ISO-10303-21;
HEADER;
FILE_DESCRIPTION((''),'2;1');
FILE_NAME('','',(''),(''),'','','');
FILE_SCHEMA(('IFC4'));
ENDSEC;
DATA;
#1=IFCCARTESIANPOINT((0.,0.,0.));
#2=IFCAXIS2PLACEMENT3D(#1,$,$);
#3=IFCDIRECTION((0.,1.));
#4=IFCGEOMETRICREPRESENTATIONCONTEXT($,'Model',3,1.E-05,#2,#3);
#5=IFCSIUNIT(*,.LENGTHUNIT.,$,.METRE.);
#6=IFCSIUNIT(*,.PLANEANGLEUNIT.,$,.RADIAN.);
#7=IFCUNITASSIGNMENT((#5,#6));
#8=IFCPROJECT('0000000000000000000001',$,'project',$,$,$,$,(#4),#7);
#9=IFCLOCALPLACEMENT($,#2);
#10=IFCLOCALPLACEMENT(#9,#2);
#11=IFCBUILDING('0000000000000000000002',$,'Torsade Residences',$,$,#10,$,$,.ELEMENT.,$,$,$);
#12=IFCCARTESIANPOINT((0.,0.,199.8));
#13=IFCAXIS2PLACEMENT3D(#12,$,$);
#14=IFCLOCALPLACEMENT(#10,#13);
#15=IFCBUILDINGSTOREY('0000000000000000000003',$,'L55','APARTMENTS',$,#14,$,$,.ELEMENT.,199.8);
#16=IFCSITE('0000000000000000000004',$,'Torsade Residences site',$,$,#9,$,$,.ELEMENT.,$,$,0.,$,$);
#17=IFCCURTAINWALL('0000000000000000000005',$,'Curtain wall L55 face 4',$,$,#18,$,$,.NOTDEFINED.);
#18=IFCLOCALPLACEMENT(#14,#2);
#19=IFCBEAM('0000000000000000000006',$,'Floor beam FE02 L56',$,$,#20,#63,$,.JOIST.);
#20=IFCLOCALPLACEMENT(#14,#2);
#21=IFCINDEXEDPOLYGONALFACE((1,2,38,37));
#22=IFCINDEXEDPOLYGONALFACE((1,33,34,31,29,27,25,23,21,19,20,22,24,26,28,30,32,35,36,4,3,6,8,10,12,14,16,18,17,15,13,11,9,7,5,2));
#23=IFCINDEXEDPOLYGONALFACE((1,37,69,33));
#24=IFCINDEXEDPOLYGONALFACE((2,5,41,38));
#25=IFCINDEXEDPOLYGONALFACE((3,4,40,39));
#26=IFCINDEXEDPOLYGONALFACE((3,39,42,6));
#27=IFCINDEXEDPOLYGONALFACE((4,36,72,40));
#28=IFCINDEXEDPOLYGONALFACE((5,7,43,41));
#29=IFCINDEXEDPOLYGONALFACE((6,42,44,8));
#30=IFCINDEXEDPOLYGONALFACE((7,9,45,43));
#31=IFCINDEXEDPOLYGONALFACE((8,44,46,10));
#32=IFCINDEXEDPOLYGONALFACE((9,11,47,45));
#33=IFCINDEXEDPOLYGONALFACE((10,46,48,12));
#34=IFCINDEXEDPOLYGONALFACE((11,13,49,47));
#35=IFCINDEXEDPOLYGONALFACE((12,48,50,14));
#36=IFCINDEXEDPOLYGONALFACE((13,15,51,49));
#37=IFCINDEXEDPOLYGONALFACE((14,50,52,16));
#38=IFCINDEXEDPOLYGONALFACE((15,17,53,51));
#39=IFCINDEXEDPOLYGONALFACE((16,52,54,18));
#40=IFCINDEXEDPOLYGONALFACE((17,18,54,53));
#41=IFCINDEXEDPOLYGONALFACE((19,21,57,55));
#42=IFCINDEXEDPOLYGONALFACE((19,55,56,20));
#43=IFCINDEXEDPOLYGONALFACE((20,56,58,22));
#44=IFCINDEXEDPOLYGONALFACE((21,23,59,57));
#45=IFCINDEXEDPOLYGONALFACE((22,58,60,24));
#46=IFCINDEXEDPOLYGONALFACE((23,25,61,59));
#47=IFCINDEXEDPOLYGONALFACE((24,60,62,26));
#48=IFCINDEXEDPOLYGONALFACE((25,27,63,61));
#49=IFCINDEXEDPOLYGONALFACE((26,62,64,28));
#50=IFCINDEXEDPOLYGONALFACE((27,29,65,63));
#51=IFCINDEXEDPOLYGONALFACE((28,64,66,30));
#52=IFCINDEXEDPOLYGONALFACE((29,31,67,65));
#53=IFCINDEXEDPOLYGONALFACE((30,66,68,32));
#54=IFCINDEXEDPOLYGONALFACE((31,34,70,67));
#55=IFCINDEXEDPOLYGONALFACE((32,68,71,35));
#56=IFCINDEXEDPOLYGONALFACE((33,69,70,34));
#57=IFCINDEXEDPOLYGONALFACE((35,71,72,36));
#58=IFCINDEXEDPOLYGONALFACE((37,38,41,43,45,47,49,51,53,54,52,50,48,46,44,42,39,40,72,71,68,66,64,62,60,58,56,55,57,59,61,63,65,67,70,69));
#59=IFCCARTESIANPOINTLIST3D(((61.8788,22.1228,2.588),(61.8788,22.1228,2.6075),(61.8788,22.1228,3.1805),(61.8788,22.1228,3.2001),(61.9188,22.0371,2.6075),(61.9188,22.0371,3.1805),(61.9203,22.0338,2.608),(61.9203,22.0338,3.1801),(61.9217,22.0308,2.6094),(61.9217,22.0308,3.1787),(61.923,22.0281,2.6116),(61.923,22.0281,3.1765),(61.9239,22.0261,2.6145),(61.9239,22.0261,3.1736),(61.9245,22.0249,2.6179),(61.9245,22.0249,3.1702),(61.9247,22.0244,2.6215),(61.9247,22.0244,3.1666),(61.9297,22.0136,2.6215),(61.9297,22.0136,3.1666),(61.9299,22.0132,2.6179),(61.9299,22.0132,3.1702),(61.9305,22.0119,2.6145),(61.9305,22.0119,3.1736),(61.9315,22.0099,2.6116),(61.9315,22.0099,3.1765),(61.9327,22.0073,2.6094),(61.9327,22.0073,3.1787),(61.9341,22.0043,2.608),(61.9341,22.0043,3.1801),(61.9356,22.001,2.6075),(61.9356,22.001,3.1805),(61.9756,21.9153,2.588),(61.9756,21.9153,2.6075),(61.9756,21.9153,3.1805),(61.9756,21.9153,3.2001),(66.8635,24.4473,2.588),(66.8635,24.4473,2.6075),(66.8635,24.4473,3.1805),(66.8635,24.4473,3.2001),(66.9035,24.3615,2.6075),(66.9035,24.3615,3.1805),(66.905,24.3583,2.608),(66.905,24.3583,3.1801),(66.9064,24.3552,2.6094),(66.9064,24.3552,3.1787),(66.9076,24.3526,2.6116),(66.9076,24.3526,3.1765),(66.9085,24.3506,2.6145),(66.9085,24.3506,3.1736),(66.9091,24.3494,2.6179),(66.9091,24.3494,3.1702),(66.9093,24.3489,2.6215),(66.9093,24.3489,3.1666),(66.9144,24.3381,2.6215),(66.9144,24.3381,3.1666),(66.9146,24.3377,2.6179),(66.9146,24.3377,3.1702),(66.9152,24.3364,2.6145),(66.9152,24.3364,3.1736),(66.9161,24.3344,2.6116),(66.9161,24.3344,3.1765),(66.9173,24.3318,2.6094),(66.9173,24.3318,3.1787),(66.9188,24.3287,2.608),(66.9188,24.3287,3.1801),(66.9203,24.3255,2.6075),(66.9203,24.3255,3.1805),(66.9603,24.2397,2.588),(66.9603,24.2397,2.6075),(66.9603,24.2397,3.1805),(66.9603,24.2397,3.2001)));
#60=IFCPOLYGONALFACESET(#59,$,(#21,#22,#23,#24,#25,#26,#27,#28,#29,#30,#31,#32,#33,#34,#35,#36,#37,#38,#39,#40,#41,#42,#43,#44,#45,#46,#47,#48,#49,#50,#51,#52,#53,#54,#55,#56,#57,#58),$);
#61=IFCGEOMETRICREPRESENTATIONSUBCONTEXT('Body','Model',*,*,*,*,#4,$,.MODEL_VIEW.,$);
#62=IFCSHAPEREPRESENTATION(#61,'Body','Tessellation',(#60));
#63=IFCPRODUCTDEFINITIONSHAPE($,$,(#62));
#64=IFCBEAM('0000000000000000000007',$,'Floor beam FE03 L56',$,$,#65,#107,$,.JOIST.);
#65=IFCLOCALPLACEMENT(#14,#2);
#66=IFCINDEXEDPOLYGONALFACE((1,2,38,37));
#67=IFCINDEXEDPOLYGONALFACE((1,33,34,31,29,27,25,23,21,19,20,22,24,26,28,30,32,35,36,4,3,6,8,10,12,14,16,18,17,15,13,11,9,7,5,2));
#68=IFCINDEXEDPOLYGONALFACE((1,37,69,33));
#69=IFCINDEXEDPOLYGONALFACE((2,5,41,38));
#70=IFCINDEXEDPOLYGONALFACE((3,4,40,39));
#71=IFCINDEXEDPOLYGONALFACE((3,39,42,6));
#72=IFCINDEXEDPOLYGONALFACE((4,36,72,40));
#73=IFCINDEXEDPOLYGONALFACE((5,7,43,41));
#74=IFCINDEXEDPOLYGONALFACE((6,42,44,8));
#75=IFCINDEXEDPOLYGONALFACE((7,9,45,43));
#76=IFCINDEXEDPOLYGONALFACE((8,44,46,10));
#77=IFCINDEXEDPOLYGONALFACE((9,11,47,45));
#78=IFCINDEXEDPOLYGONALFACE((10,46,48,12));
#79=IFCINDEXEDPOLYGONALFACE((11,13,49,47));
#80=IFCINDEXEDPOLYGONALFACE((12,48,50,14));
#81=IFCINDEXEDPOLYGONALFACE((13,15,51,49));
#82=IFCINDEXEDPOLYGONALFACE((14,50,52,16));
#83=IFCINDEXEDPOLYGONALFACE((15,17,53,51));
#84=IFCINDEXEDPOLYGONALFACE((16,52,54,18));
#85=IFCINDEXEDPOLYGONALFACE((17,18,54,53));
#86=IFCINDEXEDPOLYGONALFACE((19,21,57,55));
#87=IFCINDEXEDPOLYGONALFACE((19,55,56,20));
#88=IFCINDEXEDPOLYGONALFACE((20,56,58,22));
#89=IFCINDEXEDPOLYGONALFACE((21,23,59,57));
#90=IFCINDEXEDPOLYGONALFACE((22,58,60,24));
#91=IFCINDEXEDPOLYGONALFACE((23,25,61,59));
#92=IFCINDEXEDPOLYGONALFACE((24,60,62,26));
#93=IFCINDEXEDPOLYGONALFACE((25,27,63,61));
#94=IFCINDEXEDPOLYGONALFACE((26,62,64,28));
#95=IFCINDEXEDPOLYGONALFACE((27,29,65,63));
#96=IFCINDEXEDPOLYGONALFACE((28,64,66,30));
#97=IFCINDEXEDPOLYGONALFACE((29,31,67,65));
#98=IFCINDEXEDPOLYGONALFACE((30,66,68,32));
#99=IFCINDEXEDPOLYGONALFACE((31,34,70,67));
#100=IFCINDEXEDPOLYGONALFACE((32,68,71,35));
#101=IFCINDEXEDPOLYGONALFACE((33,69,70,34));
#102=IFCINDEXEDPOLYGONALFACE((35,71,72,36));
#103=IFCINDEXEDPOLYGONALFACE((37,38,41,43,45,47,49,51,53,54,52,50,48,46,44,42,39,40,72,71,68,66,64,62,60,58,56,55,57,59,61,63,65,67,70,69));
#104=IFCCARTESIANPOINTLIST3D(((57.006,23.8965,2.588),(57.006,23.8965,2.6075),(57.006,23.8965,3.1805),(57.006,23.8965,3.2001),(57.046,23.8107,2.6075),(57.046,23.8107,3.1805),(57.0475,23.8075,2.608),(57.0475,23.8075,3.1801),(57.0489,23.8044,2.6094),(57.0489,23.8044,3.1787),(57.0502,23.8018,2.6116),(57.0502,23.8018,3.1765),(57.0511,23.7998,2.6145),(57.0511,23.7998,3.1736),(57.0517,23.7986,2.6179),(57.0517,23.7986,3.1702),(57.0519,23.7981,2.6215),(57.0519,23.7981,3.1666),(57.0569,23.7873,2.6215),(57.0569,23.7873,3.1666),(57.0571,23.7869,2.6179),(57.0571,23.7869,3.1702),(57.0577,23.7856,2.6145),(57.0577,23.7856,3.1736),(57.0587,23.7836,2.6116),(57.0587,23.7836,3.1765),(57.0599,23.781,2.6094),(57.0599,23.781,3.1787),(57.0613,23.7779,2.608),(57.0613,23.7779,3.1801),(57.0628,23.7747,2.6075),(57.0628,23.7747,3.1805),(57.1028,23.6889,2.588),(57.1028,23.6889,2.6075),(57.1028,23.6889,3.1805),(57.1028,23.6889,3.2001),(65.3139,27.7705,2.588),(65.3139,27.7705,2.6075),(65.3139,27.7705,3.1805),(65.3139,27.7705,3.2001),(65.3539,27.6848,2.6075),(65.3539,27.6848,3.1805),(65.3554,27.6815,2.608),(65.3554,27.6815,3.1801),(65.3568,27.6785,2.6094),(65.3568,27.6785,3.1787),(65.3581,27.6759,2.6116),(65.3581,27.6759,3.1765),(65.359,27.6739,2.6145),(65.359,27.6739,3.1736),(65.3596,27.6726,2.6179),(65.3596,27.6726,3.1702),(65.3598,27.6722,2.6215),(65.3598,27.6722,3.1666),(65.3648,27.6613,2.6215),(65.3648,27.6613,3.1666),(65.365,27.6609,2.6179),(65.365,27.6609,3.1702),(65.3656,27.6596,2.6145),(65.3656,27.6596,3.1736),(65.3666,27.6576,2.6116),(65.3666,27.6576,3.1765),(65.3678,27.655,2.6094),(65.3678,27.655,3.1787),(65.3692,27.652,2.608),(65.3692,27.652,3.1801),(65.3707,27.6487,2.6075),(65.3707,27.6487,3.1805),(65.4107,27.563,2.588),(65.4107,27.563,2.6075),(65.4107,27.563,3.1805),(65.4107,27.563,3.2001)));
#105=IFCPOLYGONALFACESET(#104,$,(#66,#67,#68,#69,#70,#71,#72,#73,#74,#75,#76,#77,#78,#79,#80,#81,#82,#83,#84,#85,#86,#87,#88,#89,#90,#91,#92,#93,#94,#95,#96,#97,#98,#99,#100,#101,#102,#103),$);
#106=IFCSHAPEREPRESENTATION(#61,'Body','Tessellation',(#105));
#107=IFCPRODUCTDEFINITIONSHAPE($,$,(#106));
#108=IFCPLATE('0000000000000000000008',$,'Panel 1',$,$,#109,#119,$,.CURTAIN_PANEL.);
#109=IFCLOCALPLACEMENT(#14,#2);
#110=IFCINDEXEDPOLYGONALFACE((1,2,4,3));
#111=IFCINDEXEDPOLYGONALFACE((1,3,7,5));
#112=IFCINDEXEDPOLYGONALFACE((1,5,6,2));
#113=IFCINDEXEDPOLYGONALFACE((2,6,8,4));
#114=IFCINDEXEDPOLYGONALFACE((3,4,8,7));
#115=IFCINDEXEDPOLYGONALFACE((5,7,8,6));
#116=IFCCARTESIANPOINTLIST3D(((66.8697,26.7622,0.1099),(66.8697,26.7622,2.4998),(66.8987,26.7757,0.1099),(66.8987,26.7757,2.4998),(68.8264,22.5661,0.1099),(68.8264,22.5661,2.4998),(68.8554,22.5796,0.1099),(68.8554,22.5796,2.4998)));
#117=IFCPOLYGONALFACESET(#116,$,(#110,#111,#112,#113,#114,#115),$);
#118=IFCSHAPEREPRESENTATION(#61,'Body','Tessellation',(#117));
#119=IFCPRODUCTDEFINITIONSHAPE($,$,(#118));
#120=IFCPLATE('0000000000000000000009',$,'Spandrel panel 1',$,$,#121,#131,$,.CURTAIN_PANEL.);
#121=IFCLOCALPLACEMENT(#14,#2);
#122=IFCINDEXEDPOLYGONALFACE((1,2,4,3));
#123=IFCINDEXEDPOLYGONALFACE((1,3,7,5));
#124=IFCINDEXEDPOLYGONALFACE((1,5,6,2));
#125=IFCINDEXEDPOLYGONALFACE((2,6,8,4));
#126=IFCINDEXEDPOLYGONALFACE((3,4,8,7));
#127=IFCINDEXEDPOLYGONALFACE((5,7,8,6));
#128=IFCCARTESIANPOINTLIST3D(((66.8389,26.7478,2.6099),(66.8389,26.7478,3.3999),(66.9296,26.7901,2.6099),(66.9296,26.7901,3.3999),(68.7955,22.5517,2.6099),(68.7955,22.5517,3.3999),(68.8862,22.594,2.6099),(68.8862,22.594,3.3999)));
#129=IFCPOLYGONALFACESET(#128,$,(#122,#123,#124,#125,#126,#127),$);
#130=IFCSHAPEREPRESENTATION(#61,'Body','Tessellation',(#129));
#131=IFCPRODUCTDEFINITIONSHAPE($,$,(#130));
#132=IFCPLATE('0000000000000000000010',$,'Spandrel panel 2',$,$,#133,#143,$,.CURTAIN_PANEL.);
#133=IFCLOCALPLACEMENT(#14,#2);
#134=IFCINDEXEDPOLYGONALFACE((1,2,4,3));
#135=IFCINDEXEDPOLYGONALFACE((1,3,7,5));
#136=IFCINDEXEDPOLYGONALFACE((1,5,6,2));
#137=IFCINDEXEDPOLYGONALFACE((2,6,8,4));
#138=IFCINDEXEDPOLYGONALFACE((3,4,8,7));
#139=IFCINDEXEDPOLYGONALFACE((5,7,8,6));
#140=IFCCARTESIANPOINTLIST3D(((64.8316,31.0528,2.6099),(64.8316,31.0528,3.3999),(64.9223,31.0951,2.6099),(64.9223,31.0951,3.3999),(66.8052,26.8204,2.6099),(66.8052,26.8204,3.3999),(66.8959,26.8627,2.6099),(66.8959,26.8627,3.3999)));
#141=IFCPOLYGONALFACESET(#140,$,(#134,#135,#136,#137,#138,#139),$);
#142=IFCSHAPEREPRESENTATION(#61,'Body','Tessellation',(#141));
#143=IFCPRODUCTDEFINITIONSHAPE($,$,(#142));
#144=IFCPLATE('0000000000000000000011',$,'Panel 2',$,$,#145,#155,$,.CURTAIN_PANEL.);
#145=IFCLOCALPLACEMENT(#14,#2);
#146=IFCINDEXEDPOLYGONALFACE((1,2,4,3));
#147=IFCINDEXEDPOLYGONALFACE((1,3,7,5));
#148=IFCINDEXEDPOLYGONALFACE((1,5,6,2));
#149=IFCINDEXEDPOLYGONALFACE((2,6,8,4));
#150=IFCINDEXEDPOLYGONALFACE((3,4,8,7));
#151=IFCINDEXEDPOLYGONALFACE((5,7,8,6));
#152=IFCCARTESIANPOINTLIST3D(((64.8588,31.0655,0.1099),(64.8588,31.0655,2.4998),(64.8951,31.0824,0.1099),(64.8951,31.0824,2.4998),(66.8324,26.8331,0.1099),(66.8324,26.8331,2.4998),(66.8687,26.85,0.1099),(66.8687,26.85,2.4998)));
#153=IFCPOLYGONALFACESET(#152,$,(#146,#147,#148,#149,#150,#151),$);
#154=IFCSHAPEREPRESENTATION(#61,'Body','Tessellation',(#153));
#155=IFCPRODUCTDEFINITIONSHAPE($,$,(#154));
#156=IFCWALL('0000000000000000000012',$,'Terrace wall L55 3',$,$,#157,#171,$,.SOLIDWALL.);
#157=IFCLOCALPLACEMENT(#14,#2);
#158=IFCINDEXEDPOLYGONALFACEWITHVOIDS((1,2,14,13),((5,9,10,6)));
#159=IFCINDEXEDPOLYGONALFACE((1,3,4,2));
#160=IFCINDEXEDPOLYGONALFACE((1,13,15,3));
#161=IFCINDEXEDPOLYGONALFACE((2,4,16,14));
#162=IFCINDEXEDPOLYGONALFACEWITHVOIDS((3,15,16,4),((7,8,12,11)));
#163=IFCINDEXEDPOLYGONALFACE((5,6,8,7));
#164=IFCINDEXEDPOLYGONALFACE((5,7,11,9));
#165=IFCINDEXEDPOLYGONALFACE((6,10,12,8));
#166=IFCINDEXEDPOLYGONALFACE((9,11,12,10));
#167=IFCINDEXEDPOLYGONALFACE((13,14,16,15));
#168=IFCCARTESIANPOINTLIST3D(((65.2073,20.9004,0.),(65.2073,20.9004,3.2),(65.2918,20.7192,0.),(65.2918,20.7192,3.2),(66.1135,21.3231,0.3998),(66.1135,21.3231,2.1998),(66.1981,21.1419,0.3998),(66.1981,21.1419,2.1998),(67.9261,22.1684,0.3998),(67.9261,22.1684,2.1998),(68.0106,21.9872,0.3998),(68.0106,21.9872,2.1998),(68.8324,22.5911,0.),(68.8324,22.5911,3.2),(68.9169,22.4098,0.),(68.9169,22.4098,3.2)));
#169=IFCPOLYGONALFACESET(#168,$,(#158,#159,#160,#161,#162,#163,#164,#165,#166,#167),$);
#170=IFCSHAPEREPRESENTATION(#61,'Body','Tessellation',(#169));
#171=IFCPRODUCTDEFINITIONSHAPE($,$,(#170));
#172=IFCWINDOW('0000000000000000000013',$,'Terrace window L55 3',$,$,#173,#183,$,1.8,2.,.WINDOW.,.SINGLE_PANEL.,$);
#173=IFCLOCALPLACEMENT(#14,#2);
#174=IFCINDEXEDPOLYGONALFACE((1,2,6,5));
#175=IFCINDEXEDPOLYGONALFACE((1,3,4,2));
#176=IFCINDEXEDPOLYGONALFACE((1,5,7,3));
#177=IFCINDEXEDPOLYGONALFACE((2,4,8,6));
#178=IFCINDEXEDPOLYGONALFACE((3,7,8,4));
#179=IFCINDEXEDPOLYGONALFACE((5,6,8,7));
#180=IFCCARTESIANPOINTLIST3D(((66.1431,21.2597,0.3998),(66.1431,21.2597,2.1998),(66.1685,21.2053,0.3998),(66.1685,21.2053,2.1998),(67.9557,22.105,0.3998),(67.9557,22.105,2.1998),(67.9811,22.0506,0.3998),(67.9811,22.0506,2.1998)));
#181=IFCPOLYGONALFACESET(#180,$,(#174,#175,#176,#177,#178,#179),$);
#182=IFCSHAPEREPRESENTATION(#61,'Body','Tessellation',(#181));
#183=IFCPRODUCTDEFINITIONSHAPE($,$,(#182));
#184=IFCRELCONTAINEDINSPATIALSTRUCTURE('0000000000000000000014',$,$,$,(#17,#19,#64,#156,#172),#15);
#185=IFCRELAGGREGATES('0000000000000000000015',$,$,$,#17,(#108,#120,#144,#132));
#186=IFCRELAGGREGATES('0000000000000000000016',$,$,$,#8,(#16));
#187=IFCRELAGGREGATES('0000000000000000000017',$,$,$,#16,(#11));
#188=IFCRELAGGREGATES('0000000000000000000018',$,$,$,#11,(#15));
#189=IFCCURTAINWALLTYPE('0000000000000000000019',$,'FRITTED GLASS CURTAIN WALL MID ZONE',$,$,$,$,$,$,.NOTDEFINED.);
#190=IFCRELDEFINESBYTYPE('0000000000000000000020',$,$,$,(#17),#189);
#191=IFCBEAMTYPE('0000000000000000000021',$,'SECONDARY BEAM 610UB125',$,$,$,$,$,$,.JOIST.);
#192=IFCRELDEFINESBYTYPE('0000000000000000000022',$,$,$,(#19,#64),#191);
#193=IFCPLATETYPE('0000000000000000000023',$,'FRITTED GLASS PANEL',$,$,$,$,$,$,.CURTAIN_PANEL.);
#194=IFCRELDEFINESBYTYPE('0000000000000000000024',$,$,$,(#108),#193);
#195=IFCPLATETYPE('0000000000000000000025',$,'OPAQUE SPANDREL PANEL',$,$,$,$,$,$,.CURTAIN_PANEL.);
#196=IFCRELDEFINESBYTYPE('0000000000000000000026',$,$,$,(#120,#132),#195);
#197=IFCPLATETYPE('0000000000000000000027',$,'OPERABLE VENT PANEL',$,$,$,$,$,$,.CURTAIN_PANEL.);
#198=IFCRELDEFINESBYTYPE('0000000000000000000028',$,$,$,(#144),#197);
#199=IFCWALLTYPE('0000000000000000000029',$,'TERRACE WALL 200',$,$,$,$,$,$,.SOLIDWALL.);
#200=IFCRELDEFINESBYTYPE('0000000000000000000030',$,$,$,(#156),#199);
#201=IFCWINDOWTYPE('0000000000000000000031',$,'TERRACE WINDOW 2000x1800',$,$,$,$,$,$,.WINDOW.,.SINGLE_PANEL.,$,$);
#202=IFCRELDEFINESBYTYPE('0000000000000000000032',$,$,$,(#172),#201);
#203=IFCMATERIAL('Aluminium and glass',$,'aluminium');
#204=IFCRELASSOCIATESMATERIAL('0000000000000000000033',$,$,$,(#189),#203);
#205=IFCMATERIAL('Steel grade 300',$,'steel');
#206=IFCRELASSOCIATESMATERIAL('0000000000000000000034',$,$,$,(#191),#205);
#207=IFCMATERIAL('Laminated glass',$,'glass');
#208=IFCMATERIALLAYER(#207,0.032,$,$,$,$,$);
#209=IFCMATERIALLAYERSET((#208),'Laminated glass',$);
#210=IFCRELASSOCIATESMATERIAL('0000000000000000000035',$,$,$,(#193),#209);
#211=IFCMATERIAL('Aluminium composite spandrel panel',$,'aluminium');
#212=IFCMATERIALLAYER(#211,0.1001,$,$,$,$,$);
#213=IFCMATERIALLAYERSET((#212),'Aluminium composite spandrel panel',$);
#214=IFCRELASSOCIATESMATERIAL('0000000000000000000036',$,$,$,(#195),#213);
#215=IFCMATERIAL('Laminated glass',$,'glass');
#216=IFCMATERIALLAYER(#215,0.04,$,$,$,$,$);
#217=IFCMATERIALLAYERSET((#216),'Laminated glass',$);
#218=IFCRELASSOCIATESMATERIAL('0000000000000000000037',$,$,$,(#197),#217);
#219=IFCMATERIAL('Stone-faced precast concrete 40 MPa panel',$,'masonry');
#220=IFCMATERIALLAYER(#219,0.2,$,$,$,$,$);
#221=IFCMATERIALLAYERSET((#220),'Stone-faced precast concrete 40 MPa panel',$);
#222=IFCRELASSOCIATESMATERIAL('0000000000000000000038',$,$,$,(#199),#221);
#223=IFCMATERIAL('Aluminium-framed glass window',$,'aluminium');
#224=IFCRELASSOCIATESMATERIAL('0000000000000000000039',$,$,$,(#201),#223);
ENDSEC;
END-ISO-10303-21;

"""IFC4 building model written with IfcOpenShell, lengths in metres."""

from ifc_helpers import new_model, si_unit, direction, frame, frame_2d, origin, origin_2d, place, context, subcontext, project, spatial, rectangle, i_section, extrude, material, layer, layer_set, material_profile, profile_set, type_object, element, fill, aggregate, save


model = new_model("IFC4")

# Units and contexts
model_context = context("Model", 3, precision=1e-05, world=origin(), true_north=direction((0.0, 1.0)))
body_context = subcontext(model_context, "Body", "Model", "MODEL_VIEW")
ifc_project = project(units=[si_unit("LENGTHUNIT", "METRE"), si_unit("PLANEANGLEUNIT", "RADIAN")], contexts=[model_context])

# Site, building, storey
site_placement = place(None, origin())
site = spatial("IfcSite", under=ifc_project, at=site_placement, Name="Torsade Residences site", CompositionType="ELEMENT", RefElevation=0.0)
building_placement = place(site_placement, origin())
building = spatial("IfcBuilding", under=site, at=building_placement, Name="Torsade Residences", CompositionType="ELEMENT")
storey_placement = place(building_placement, frame((0.0, 0.0, 199.8)))
storey = spatial("IfcBuildingStorey", under=building, at=storey_placement, Name="L55", Description="APARTMENTS", CompositionType="ELEMENT", Elevation=199.8)

# Curtain wall
ifc_material_1 = material(Name="Aluminium and glass", Category="aluminium")
curtain_wall_type = type_object("IfcCurtainWallType", Name="FRITTED GLASS CURTAIN WALL MID ZONE", PredefinedType="NOTDEFINED", material=ifc_material_1)
curtain_wall_placement = place(storey_placement, origin())
curtain_wall = element("IfcCurtainWall", 1, at=curtain_wall_placement, inside=storey, type_object=curtain_wall_type, Name="Curtain wall L55 face 4", PredefinedType="NOTDEFINED")

# Beams
ifc_material_2 = material(Name="Steel grade 300", Category="steel")
ifc_material_profile_1 = material_profile(ifc_material_2, i_section(OverallWidth=0.229, OverallDepth=0.6121, WebThickness=0.012, FlangeThickness=0.0195, FilletRadius=0.0139, at=origin_2d()), Name="610UB125")
ifc_profile_set_1 = profile_set([ifc_material_profile_1], Name="Steel grade 300")
beam_type_1 = type_object("IfcBeamType", Name="SECONDARY BEAM 610UB125", PredefinedType="JOIST", material=ifc_profile_set_1)
beam_1_placement = place(storey_placement, frame((66.9119, 24.3435, 2.894), z_axis=(-0.906301, -0.422633, 0.0), x_axis=(0.422633, -0.906301, 0.0)))
element("IfcBeam", 2, at=beam_1_placement, inside=storey, type_object=beam_type_1, Name="Floor beam FE02 L56", PredefinedType="JOIST", context=body_context, shape_type="SweptSolid", body=[
    extrude(i_section(OverallWidth=0.229, OverallDepth=0.6121, WebThickness=0.012, FlangeThickness=0.0195, FilletRadius=0.0139, at=origin_2d()), origin(), (0.0, 0.0, 1.0), 5.5),
])
beam_2_placement = place(storey_placement, frame((65.3623, 27.6667, 2.894), z_axis=(-0.906308, -0.422619, 0.0), x_axis=(0.422619, -0.906308, 0.0)))
element("IfcBeam", 3, at=beam_2_placement, inside=storey, type_object=beam_type_1, Name="Floor beam FE03 L56", PredefinedType="JOIST", context=body_context, shape_type="SweptSolid", body=[
    extrude(i_section(OverallWidth=0.229, OverallDepth=0.6121, WebThickness=0.012, FlangeThickness=0.0195, FilletRadius=0.0139, at=origin_2d()), origin(), (0.0, 0.0, 1.0), 9.1667),
])

# Plates
ifc_material_3 = material(Name="Laminated glass", Category="glass")
ifc_layer_1 = layer(ifc_material_3, 0.032)
ifc_layer_set_1 = layer_set([ifc_layer_1], Name="Laminated glass")
plate_type_1 = type_object("IfcPlateType", Name="FRITTED GLASS PANEL", PredefinedType="CURTAIN_PANEL", material=ifc_layer_set_1)
plate_1_placement = place(storey_placement, frame((67.8625, 24.6709, 0.1099), z_axis=(0.0, 0.0, 1.0), x_axis=(-0.422618, 0.906308, 0.0)))
plate_1 = element("IfcPlate", 4, at=plate_1_placement, type_object=plate_type_1, Name="Panel 1", PredefinedType="CURTAIN_PANEL", context=body_context, shape_type="SweptSolid", body=[
    extrude(rectangle(XDim=4.6299, YDim=0.032, at=origin_2d()), origin(), (0.0, 0.0, 1.0), 2.3899),
])
ifc_material_4 = material(Name="Aluminium composite spandrel panel", Category="aluminium")
ifc_layer_2 = layer(ifc_material_4, 0.1001)
ifc_layer_set_2 = layer_set([ifc_layer_2], Name="Aluminium composite spandrel panel")
plate_type_2 = type_object("IfcPlateType", Name="OPAQUE SPANDREL PANEL", PredefinedType="CURTAIN_PANEL", material=ifc_layer_set_2)
plate_2_placement = place(storey_placement, frame((67.8625, 24.6709, 2.6099), z_axis=(0.0, 0.0, 1.0), x_axis=(-0.422618, 0.906308, 0.0)))
plate_2 = element("IfcPlate", 5, at=plate_2_placement, type_object=plate_type_2, Name="Spandrel panel 1", PredefinedType="CURTAIN_PANEL", context=body_context, shape_type="SweptSolid", body=[
    extrude(rectangle(XDim=4.6299, YDim=0.1001, at=origin_2d()), origin(), (0.0, 0.0, 1.0), 0.79),
])
plate_3_placement = place(storey_placement, frame((65.8638, 28.9578, 2.6099), z_axis=(0.0, 0.0, 1.0), x_axis=(-0.422618, 0.906308, 0.0)))
plate_3 = element("IfcPlate", 6, at=plate_3_placement, type_object=plate_type_2, Name="Spandrel panel 2", PredefinedType="CURTAIN_PANEL", context=body_context, shape_type="SweptSolid", body=[
    extrude(rectangle(XDim=4.6699, YDim=0.1001, at=origin_2d()), origin(), (0.0, 0.0, 1.0), 0.79),
])
ifc_material_5 = material(Name="Laminated glass", Category="glass")
ifc_layer_3 = layer(ifc_material_5, 0.04)
ifc_layer_set_3 = layer_set([ifc_layer_3], Name="Laminated glass")
plate_type_3 = type_object("IfcPlateType", Name="OPERABLE VENT PANEL", PredefinedType="CURTAIN_PANEL", material=ifc_layer_set_3)
plate_4_placement = place(storey_placement, frame((65.8638, 28.9578, 0.1099), z_axis=(0.0, 0.0, 1.0), x_axis=(-0.422618, 0.906308, 0.0)))
plate_4 = element("IfcPlate", 7, at=plate_4_placement, type_object=plate_type_3, Name="Panel 2", PredefinedType="CURTAIN_PANEL", context=body_context, shape_type="SweptSolid", body=[
    extrude(rectangle(XDim=4.6699, YDim=0.04, at=origin_2d()), origin(), (0.0, 0.0, 1.0), 2.3899),
])
aggregate(curtain_wall, [plate_1, plate_2, plate_4, plate_3])

# Wall, opening, window
ifc_material_6 = material(Name="Stone-faced precast concrete 40 MPa panel", Category="masonry")
ifc_layer_4 = layer(ifc_material_6, 0.2)
ifc_layer_set_4 = layer_set([ifc_layer_4], Name="Stone-faced precast concrete 40 MPa panel")
wall_type = type_object("IfcWallType", Name="TERRACE WALL 200", PredefinedType="SOLIDWALL", material=ifc_layer_set_4)
wall_placement = place(storey_placement, frame((65.2495, 20.8098, 0.0), z_axis=(0.0, 0.0, 1.0), x_axis=(0.906289, 0.422658, 0.0)))
wall = element("IfcWall", 8, at=wall_placement, inside=storey, type_object=wall_type, Name="Terrace wall L55 3", PredefinedType="SOLIDWALL", context=body_context, shape_type="SweptSolid", body=[
    extrude(rectangle(XDim=4.0, YDim=0.2, at=frame_2d((2.0, 0.0))), origin(), (0.0, 0.0, 1.0), 3.2),
])
opening_placement = place(wall_placement, frame((1.0, 0.0, 0.3999)))
opening = element("IfcOpeningElement", 9, at=opening_placement, cuts=wall, PredefinedType="OPENING", context=body_context, shape_type="SweptSolid", body=[
    extrude(rectangle(XDim=2.0, YDim=1.8, at=frame_2d((1.0, 0.8999))), frame((0.0, 0.1099, 0.0), z_axis=(0.0, -1.0, 0.0), x_axis=(1.0, 0.0, 0.0)), (0.0, 0.0, 1.0), 0.22),
])
ifc_material_7 = material(Name="Aluminium-framed glass window", Category="aluminium")
window_type = type_object("IfcWindowType", Name="TERRACE WINDOW 2000x1800", PartitioningType="SINGLE_PANEL", PredefinedType="WINDOW", material=ifc_material_7)
window_placement = place(opening_placement, origin())
window = element("IfcWindow", 10, at=window_placement, inside=storey, type_object=window_type, Name="Terrace window L55 3", OverallHeight=1.8, OverallWidth=2.0, PartitioningType="SINGLE_PANEL", PredefinedType="WINDOW", context=body_context, shape_type="SweptSolid", body=[
    extrude(rectangle(XDim=2.0, YDim=1.8, at=frame_2d((1.0, 0.8999))), frame((0.0, 0.03, 0.0), z_axis=(0.0, -1.0, 0.0), x_axis=(1.0, 0.0, 0.0)), (0.0, 0.0, 1.0), 0.0601),
])
fill(opening, window)

save(model, "model.ifc")
